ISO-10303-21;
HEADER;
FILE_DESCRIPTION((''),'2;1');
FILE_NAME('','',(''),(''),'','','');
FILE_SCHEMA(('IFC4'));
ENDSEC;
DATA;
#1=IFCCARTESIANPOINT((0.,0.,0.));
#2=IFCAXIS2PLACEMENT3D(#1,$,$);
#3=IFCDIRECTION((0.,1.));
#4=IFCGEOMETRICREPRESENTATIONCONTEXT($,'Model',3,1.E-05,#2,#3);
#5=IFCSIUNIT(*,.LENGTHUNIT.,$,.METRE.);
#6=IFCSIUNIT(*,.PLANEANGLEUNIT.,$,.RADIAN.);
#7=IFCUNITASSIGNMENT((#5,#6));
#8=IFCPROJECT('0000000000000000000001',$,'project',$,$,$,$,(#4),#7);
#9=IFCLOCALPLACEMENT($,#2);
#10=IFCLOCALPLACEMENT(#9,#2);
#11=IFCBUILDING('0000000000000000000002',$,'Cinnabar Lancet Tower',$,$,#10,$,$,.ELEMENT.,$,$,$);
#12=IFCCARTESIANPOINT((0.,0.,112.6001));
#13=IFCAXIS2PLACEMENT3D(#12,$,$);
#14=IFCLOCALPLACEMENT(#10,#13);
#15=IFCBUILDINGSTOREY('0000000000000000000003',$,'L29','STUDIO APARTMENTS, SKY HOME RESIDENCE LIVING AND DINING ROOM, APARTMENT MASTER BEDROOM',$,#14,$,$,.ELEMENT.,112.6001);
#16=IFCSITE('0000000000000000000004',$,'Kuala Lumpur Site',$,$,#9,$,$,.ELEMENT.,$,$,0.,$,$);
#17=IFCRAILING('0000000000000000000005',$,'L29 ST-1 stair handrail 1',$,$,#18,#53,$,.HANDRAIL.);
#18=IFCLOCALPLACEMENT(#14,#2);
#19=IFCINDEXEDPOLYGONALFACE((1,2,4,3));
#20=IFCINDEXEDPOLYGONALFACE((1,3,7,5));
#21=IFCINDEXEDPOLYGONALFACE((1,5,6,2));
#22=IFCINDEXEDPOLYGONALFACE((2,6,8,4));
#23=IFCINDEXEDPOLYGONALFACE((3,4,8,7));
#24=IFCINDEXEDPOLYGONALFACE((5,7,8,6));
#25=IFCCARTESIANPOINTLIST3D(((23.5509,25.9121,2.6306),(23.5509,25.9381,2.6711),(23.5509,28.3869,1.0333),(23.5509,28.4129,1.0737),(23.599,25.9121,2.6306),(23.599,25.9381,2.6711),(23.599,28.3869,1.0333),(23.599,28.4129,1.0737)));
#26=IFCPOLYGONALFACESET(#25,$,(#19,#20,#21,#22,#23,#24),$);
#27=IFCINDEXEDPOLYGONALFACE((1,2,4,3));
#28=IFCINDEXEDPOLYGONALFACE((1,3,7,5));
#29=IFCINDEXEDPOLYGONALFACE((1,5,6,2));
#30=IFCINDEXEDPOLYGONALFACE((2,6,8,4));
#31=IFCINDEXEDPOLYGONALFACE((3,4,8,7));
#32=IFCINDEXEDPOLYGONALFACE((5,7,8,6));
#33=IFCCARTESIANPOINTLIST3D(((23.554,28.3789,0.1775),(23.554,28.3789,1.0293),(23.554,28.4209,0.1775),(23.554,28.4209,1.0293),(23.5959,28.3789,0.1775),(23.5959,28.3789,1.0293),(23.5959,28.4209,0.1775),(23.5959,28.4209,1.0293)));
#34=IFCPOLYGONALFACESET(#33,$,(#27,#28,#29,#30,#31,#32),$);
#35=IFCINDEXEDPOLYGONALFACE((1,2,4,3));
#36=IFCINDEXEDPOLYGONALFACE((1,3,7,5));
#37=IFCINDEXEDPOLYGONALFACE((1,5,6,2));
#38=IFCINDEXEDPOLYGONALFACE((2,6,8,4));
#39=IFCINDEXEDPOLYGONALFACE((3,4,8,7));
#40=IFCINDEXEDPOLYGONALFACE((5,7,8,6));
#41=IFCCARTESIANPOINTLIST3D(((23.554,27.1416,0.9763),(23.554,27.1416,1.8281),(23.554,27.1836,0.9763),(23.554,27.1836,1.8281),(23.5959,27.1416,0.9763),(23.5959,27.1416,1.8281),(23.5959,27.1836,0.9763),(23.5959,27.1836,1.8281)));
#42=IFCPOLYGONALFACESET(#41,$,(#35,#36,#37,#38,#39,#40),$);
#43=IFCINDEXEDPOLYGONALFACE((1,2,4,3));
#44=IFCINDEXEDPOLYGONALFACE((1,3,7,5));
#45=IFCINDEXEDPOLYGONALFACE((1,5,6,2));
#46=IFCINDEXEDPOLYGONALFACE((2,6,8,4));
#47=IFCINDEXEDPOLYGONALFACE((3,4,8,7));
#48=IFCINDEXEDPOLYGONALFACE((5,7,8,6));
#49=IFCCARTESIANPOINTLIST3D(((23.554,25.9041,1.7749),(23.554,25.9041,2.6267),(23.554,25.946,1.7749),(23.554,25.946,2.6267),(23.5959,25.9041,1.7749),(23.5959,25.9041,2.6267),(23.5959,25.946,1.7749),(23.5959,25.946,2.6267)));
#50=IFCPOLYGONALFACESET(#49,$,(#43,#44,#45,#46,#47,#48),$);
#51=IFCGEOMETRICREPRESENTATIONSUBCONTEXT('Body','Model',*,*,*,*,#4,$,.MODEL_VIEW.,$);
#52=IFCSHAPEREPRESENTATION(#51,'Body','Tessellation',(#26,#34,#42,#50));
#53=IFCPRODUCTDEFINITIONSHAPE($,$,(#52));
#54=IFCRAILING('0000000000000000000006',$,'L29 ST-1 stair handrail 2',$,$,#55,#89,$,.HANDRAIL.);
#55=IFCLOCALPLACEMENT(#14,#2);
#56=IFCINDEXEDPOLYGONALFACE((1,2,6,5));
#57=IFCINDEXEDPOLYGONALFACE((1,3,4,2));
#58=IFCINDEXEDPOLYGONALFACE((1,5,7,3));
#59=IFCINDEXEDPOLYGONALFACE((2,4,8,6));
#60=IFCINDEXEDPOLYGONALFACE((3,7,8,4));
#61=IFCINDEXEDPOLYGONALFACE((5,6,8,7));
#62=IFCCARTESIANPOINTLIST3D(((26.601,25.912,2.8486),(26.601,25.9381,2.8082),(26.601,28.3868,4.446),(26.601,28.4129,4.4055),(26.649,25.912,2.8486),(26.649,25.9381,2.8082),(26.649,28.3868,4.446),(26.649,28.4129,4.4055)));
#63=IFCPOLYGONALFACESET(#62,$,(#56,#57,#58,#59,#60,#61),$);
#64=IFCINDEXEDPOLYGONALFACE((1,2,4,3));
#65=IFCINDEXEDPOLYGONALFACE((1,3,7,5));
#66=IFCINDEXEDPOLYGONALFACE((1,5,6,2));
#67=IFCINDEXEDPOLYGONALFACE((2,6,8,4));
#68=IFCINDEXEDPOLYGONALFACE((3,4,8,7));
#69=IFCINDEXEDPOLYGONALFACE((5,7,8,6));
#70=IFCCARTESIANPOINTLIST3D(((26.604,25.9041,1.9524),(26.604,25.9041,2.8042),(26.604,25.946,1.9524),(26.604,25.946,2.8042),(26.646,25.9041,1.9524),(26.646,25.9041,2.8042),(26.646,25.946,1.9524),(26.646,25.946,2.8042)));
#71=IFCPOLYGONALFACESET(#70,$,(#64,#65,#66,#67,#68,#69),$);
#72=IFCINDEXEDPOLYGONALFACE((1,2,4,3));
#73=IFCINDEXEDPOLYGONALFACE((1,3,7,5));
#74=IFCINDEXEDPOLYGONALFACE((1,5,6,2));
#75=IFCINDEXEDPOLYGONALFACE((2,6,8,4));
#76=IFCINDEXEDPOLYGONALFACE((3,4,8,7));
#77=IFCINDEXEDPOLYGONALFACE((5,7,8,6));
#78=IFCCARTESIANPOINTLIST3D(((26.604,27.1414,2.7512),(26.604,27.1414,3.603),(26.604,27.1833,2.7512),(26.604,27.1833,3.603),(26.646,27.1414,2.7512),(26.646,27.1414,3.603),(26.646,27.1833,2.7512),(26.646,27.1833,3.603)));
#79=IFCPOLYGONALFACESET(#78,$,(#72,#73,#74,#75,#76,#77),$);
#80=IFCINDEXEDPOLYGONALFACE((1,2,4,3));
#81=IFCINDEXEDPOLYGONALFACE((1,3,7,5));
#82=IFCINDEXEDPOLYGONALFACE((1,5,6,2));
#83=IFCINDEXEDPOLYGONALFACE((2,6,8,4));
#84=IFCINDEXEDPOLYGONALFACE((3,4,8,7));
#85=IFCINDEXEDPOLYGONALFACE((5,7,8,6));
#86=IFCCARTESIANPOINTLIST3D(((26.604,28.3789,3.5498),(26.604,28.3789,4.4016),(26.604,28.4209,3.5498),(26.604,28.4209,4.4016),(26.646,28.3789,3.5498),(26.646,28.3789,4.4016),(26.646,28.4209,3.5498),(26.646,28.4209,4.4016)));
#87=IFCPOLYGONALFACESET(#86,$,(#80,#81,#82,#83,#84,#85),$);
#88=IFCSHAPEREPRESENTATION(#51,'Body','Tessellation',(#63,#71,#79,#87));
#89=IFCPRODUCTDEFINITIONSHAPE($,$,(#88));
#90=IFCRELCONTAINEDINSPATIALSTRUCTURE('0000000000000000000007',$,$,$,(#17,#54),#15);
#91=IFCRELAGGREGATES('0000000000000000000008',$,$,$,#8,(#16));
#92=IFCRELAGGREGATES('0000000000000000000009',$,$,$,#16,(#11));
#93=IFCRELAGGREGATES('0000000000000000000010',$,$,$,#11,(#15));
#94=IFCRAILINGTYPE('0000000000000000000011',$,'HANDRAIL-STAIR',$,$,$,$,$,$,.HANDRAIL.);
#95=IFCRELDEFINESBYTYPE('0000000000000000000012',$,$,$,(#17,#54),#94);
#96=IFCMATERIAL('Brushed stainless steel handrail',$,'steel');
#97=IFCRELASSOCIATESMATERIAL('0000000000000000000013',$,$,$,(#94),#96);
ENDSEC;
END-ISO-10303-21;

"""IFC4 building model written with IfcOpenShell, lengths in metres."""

from ifc_helpers import new_model, si_unit, direction, frame, origin, origin_2d, place, context, subcontext, project, spatial, rectangle, extrude, material, type_object, element, save


model = new_model("IFC4")

# Units and contexts
model_context = context("Model", 3, precision=1e-05, world=origin(), true_north=direction((0.0, 1.0)))
body_context = subcontext(model_context, "Body", "Model", "MODEL_VIEW")
ifc_project = project(units=[si_unit("LENGTHUNIT", "METRE"), si_unit("PLANEANGLEUNIT", "RADIAN")], contexts=[model_context])

# Site, building, storey
site_placement = place(None, origin())
site = spatial("IfcSite", under=ifc_project, at=site_placement, Name="Kuala Lumpur Site", CompositionType="ELEMENT", RefElevation=0.0)
building_placement = place(site_placement, origin())
building = spatial("IfcBuilding", under=site, at=building_placement, Name="Cinnabar Lancet Tower", CompositionType="ELEMENT")
storey_placement = place(building_placement, frame((0.0, 0.0, 112.6001)))
storey = spatial("IfcBuildingStorey", under=building, at=storey_placement, Name="L29", Description="STUDIO APARTMENTS, SKY HOME RESIDENCE LIVING AND DINING ROOM, APARTMENT MASTER BEDROOM", CompositionType="ELEMENT", Elevation=112.6001)

# Railings
ifc_material_1 = material(Name="Brushed stainless steel handrail", Category="steel")
railing_type_1 = type_object("IfcRailingType", Name="HANDRAIL-STAIR", PredefinedType="HANDRAIL", material=ifc_material_1)
railing_1_placement = place(storey_placement, frame((23.575, 28.3999, 0.1775)))
element("IfcRailing", 1, at=railing_1_placement, inside=storey, type_object=railing_type_1, Name="L29 ST-1 stair handrail 1", PredefinedType="HANDRAIL", context=body_context, shape_type="SweptSolid", body=[
    extrude(rectangle(XDim=0.0481, YDim=0.0481, at=origin_2d()), frame((0.0, 0.0, 0.876), z_axis=(0.0, -0.840183, 0.542302), x_axis=(1.0, 0.0, 0.0)), (0.0, 0.0, 1.0), 2.9456),
    extrude(rectangle(XDim=0.042, YDim=0.042, at=origin_2d()), origin(), (0.0, 0.0, 1.0), 0.8518),
    extrude(rectangle(XDim=0.042, YDim=0.042, at=origin_2d()), frame((0.0, -1.2373, 0.7988)), (0.0, 0.0, 1.0), 0.8518),
    extrude(rectangle(XDim=0.042, YDim=0.042, at=origin_2d()), frame((0.0, -2.4749, 1.5974)), (0.0, 0.0, 1.0), 0.8518),
])
railing_2_placement = place(storey_placement, frame((26.625, 25.925, 1.9524)))
element("IfcRailing", 2, at=railing_2_placement, inside=storey, type_object=railing_type_1, Name="L29 ST-1 stair handrail 2", PredefinedType="HANDRAIL", context=body_context, shape_type="SweptSolid", body=[
    extrude(rectangle(XDim=0.0481, YDim=0.0481, at=origin_2d()), frame((0.0, 0.0, 0.876), z_axis=(0.0, 0.840183, 0.542302), x_axis=(-1.0, 0.0, 0.0)), (0.0, 0.0, 1.0), 2.9456),
    extrude(rectangle(XDim=0.042, YDim=0.042, at=origin_2d()), origin(), (0.0, 0.0, 1.0), 0.8518),
    extrude(rectangle(XDim=0.042, YDim=0.042, at=origin_2d()), frame((0.0, 1.2373, 0.7988)), (0.0, 0.0, 1.0), 0.8518),
    extrude(rectangle(XDim=0.042, YDim=0.042, at=origin_2d()), frame((0.0, 2.4749, 1.5974)), (0.0, 0.0, 1.0), 0.8518),
])

save(model, "model.ifc")
